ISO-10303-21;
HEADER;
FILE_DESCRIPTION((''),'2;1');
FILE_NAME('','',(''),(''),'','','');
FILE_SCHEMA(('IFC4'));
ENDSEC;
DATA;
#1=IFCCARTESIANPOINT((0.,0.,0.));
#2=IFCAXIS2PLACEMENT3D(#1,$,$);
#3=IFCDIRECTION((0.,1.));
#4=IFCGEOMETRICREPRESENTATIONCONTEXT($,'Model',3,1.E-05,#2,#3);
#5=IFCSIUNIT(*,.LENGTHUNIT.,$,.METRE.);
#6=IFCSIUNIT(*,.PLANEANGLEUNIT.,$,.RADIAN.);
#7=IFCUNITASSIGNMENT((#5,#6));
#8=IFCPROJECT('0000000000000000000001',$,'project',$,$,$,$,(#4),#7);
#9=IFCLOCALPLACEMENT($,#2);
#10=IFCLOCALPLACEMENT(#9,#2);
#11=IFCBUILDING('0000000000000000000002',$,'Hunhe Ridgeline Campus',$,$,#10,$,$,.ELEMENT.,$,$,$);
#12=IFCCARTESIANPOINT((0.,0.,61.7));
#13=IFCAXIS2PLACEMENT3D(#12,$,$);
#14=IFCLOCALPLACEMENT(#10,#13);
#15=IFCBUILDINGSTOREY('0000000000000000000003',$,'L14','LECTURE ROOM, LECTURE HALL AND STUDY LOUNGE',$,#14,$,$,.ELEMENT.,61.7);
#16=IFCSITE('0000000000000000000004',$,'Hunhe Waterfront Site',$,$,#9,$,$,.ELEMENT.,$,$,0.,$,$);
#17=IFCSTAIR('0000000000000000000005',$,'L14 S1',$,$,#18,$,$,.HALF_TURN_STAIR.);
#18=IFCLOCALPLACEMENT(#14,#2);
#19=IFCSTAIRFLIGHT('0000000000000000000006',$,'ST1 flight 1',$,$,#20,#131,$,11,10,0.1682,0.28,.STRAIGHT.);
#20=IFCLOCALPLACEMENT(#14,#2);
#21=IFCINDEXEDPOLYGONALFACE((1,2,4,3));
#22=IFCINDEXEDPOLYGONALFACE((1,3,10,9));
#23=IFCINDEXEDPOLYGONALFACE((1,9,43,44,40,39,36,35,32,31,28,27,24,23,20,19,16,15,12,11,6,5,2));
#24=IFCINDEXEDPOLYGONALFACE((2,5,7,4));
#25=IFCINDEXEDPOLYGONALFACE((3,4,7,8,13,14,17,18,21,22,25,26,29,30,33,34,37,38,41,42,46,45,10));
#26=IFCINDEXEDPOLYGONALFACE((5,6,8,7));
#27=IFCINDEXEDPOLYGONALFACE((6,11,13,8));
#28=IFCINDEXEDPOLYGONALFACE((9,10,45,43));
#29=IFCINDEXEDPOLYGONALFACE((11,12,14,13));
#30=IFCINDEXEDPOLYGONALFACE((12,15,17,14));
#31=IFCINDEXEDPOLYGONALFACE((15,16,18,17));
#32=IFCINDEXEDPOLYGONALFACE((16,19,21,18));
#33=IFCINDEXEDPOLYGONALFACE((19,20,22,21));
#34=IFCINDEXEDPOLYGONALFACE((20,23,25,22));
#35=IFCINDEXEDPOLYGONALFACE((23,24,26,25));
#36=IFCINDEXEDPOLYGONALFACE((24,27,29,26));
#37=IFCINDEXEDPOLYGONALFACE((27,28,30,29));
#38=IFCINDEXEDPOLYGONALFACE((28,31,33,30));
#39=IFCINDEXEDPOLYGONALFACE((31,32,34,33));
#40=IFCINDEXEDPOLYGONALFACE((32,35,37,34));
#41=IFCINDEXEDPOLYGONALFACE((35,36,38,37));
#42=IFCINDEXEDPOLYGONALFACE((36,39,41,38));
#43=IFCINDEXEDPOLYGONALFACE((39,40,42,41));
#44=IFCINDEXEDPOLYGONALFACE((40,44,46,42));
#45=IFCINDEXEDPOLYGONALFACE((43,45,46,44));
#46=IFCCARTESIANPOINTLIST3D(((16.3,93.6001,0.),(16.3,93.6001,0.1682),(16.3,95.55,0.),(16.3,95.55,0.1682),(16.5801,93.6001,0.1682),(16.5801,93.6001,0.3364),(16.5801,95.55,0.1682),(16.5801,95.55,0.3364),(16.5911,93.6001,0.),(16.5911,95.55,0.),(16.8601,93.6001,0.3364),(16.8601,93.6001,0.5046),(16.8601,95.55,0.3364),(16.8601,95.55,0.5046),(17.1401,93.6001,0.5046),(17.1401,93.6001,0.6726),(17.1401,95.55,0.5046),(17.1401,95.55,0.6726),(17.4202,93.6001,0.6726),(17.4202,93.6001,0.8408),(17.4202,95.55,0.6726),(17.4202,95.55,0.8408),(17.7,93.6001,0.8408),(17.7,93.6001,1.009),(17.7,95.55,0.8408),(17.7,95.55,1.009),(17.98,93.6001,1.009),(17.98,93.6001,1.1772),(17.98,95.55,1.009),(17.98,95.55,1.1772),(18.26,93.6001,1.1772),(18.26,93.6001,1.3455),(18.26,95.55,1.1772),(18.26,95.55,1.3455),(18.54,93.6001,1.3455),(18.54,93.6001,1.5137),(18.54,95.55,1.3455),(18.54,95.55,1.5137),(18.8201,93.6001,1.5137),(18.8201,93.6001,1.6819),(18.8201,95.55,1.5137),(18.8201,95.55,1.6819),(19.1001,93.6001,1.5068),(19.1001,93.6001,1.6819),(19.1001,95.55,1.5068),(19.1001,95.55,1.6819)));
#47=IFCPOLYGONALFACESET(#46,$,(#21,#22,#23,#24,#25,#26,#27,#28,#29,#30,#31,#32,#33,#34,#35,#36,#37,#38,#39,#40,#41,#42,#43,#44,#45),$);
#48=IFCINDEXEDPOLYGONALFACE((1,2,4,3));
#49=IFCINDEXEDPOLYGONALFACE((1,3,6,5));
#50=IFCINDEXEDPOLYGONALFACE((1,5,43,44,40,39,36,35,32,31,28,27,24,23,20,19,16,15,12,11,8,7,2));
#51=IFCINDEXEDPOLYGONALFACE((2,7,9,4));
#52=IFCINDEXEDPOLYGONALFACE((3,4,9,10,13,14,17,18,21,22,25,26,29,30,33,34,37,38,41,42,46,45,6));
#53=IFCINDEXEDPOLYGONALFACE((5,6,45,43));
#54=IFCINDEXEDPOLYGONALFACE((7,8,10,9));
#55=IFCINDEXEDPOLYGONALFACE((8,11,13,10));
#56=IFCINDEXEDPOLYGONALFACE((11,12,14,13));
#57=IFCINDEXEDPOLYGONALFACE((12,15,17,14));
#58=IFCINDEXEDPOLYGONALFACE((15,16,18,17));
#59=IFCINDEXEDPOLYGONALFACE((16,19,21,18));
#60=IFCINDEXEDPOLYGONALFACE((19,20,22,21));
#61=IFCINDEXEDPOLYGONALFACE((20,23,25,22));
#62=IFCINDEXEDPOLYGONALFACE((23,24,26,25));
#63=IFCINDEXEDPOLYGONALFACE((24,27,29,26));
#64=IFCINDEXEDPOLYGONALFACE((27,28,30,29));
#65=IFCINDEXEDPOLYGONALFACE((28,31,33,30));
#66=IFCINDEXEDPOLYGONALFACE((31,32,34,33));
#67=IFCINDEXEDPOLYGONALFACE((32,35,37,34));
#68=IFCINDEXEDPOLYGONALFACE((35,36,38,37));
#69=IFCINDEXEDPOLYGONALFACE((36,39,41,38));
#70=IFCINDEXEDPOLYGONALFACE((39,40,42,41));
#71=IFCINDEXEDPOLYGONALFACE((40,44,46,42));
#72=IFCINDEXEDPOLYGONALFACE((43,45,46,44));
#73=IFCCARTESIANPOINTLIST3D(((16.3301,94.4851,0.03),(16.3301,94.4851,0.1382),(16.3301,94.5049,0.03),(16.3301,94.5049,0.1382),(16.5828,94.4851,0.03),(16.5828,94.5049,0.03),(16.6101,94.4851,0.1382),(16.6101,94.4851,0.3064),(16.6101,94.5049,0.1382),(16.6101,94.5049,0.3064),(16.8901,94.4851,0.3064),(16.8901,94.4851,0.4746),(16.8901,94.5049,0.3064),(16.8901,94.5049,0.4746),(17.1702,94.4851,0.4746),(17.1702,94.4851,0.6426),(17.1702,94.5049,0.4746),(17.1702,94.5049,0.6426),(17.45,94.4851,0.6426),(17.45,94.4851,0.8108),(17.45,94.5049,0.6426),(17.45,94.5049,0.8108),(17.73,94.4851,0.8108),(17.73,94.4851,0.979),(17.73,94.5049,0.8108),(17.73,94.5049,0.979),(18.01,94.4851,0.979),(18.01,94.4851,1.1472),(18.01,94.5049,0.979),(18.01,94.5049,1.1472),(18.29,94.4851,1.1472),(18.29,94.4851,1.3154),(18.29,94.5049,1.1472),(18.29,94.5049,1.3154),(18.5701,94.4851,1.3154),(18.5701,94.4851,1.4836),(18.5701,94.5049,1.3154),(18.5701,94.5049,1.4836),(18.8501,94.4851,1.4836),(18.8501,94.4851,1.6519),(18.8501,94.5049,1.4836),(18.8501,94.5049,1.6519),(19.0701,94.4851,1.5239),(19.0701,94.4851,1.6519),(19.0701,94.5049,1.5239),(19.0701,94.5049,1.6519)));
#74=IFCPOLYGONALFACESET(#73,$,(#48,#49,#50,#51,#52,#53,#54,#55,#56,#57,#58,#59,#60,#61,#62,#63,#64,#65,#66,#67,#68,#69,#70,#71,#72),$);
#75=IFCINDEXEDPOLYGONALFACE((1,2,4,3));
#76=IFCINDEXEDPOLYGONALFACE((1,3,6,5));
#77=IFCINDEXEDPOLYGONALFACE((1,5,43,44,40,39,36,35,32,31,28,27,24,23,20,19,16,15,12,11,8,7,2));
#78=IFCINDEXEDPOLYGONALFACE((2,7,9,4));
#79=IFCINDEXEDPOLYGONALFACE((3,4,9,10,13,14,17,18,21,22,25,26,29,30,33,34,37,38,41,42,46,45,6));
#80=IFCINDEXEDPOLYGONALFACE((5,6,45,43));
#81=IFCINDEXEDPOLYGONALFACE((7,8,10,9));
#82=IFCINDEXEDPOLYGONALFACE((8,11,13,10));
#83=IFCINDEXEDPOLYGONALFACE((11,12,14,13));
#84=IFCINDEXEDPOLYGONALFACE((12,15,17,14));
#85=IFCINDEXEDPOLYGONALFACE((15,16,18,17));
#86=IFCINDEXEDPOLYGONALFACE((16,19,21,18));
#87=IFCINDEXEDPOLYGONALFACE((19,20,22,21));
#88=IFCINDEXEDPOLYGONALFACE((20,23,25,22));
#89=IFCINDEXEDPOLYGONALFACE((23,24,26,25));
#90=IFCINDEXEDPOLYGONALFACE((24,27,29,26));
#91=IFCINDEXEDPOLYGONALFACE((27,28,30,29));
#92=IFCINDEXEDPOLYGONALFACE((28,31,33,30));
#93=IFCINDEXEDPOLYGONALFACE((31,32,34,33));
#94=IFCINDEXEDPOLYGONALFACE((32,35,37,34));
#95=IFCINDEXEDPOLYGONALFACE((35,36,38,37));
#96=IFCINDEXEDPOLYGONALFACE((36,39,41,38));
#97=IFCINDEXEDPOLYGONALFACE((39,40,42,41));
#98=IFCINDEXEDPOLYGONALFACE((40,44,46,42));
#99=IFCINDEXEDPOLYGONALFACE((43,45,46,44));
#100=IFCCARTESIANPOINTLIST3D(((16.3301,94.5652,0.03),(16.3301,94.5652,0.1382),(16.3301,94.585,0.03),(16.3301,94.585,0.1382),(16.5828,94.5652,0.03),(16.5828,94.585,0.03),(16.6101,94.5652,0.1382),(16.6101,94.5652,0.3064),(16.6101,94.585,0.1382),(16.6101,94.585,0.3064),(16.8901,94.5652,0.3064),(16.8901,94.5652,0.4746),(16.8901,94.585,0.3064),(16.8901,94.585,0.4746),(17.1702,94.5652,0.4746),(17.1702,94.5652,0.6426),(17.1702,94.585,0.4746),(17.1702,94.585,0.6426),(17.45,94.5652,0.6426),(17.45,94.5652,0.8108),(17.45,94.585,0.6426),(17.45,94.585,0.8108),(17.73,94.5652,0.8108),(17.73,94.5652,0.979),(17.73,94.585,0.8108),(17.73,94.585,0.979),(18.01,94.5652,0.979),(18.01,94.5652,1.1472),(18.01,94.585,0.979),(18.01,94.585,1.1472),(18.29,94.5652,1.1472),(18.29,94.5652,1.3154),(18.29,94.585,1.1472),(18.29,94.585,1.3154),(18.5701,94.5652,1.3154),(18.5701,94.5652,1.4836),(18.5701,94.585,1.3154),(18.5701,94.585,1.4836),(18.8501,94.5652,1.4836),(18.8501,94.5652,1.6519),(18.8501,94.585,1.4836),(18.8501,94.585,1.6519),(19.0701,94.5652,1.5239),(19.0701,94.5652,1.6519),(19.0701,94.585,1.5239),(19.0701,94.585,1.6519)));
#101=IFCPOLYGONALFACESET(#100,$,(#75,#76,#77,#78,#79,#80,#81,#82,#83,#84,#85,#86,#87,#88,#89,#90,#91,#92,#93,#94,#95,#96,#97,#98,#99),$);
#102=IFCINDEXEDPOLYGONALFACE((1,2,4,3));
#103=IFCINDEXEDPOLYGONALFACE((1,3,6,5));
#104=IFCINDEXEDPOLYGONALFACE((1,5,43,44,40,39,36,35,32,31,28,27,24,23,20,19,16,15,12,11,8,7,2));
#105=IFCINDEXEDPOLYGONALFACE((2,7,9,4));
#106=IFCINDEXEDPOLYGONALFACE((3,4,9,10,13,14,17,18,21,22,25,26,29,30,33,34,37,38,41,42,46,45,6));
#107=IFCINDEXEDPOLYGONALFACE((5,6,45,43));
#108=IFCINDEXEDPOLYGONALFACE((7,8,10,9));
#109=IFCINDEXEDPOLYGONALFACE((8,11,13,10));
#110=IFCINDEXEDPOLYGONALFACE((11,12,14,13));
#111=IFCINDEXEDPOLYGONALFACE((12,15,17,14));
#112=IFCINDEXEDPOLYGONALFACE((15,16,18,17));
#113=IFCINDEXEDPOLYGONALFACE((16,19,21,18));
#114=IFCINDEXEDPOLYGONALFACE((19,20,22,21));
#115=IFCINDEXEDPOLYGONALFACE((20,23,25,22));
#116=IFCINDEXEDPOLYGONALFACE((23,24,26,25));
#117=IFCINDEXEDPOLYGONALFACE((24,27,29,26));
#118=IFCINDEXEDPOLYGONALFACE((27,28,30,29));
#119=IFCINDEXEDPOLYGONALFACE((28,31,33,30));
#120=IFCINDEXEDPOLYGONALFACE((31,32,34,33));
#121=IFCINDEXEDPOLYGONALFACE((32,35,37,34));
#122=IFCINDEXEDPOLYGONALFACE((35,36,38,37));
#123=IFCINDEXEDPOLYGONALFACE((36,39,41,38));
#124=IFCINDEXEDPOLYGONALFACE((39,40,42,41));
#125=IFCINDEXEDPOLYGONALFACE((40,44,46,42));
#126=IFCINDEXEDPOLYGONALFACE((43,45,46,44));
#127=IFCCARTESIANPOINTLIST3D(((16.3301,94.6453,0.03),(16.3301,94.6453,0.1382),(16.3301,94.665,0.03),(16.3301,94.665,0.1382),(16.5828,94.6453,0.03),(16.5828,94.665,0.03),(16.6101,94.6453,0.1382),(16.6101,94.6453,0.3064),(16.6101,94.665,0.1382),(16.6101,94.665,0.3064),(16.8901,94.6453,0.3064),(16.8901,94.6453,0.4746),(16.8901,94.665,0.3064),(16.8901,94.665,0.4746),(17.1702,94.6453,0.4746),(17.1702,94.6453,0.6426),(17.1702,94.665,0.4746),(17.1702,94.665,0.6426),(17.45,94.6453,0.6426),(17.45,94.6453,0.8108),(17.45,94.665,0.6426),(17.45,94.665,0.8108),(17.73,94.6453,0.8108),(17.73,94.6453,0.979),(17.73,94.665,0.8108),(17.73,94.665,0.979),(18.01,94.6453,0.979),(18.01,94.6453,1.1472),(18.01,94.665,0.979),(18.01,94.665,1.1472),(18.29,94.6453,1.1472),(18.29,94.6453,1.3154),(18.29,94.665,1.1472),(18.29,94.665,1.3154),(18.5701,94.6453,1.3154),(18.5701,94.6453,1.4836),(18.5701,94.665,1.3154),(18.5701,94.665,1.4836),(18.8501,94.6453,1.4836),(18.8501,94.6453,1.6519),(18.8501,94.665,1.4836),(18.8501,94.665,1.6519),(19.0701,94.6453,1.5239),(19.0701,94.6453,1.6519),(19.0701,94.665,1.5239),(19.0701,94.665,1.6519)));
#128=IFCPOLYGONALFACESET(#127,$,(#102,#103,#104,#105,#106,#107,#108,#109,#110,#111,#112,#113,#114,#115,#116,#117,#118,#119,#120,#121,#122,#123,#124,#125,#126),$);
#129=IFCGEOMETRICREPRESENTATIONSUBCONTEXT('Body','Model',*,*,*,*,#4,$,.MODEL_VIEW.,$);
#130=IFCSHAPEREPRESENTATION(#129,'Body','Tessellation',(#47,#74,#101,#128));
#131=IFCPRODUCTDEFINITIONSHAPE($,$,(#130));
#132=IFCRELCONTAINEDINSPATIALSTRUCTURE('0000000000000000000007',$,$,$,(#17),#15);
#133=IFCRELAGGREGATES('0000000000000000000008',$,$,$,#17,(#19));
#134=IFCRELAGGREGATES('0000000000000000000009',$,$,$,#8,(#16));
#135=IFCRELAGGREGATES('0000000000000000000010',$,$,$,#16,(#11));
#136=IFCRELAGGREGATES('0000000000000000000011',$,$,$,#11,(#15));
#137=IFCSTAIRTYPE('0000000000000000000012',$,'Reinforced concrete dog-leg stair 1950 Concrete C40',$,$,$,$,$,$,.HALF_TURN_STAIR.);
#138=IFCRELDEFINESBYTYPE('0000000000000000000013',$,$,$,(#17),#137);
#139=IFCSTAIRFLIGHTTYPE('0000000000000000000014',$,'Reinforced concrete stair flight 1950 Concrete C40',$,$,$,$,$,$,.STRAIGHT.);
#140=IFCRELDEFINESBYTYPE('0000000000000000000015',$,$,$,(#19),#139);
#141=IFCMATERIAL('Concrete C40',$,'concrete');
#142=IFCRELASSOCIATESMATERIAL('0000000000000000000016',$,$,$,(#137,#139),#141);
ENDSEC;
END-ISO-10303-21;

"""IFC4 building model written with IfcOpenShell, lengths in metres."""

from ifc_helpers import new_model, si_unit, direction, frame, origin, place, context, subcontext, project, spatial, polyline, outline, extrude, material, type_object, element, aggregate, save


model = new_model("IFC4")

# Units and contexts
model_context = context("Model", 3, precision=1e-05, world=origin(), true_north=direction((0.0, 1.0)))
body_context = subcontext(model_context, "Body", "Model", "MODEL_VIEW")
ifc_project = project(units=[si_unit("LENGTHUNIT", "METRE"), si_unit("PLANEANGLEUNIT", "RADIAN")], contexts=[model_context])

# Site, building, storey
site_placement = place(None, origin())
site = spatial("IfcSite", under=ifc_project, at=site_placement, Name="Hunhe Waterfront Site", CompositionType="ELEMENT", RefElevation=0.0)
building_placement = place(site_placement, origin())
building = spatial("IfcBuilding", under=site, at=building_placement, Name="Hunhe Ridgeline Campus", CompositionType="ELEMENT")
storey_placement = place(building_placement, frame((0.0, 0.0, 61.7)))
storey = spatial("IfcBuildingStorey", under=building, at=storey_placement, Name="L14", Description="LECTURE ROOM, LECTURE HALL AND STUDY LOUNGE", CompositionType="ELEMENT", Elevation=61.7)

# Stair, stair flight
ifc_material_1 = material(Name="Concrete C40", Category="concrete")
stair_type = type_object("IfcStairType", Name="Reinforced concrete dog-leg stair 1950 Concrete C40", PredefinedType="HALF_TURN_STAIR", material=ifc_material_1)
stair_placement = place(storey_placement, origin())
stair = element("IfcStair", 1, at=stair_placement, inside=storey, type_object=stair_type, Name="L14 S1", PredefinedType="HALF_TURN_STAIR")
stair_flight_type = type_object("IfcStairFlightType", Name="Reinforced concrete stair flight 1950 Concrete C40", PredefinedType="STRAIGHT", material=ifc_material_1)
stair_flight_1_placement = place(storey_placement, frame((16.3, 94.575, 0.0), z_axis=(0.0, 0.0, 1.0), x_axis=(1.0, 0.0, 0.0)))
stair_flight_1 = element("IfcStairFlight", 2, at=stair_flight_1_placement, type_object=stair_flight_type, Name="ST1 flight 1", NumberOfRisers=11, NumberOfTreads=10, PredefinedType="STRAIGHT", RiserHeight=0.1682, TreadLength=0.28, context=body_context, shape_type="SweptSolid", body=[
    extrude(outline(polyline([(0.0, 0.0), (0.0, 0.1682), (0.28, 0.1682), (0.28, 0.3364), (0.5601, 0.3364), (0.5601, 0.5046), (0.8401, 0.5046), (0.8401, 0.6726), (1.1201, 0.6726), (1.1201, 0.8408), (1.3999, 0.8408), (1.3999, 1.009), (1.6799, 1.009), (1.6799, 1.1772), (1.96, 1.1772), (1.96, 1.3455), (2.24, 1.3455), (2.24, 1.5137), (2.52, 1.5137), (2.52, 1.6819), (2.8, 1.6819), (2.8, 1.8501), (2.8, 1.5068), (0.291, 0.0), (0.0, 0.0)])), frame((0.0, 0.9751, 0.0), z_axis=(0.0, -1.0, 0.0), x_axis=(1.0, 0.0, 0.0)), (0.0, 0.0, 1.0), 1.95),
    extrude(outline(polyline([(0.03, 0.03), (0.03, 0.1382), (0.3101, 0.1382), (0.3101, 0.3064), (0.5901, 0.3064), (0.5901, 0.4746), (0.8701, 0.4746), (0.8701, 0.6426), (1.1499, 0.6426), (1.1499, 0.8108), (1.4299, 0.8108), (1.4299, 0.979), (1.71, 0.979), (1.71, 1.1472), (1.99, 1.1472), (1.99, 1.3154), (2.27, 1.3154), (2.27, 1.4836), (2.55, 1.4836), (2.55, 1.6519), (2.77, 1.6519), (2.77, 1.5239), (0.2827, 0.03), (0.03, 0.03)])), frame((0.0, -0.0701, 0.0), z_axis=(0.0, -1.0, 0.0), x_axis=(1.0, 0.0, 0.0)), (0.0, 0.0, 1.0), 0.0198),
    extrude(outline(polyline([(0.03, 0.03), (0.03, 0.1382), (0.3101, 0.1382), (0.3101, 0.3064), (0.5901, 0.3064), (0.5901, 0.4746), (0.8701, 0.4746), (0.8701, 0.6426), (1.1499, 0.6426), (1.1499, 0.8108), (1.4299, 0.8108), (1.4299, 0.979), (1.71, 0.979), (1.71, 1.1472), (1.99, 1.1472), (1.99, 1.3154), (2.27, 1.3154), (2.27, 1.4836), (2.55, 1.4836), (2.55, 1.6519), (2.77, 1.6519), (2.77, 1.5239), (0.2827, 0.03), (0.03, 0.03)])), frame((0.0, 0.01, 0.0), z_axis=(0.0, -1.0, 0.0), x_axis=(1.0, 0.0, 0.0)), (0.0, 0.0, 1.0), 0.0198),
    extrude(outline(polyline([(0.03, 0.03), (0.03, 0.1382), (0.3101, 0.1382), (0.3101, 0.3064), (0.5901, 0.3064), (0.5901, 0.4746), (0.8701, 0.4746), (0.8701, 0.6426), (1.1499, 0.6426), (1.1499, 0.8108), (1.4299, 0.8108), (1.4299, 0.979), (1.71, 0.979), (1.71, 1.1472), (1.99, 1.1472), (1.99, 1.3154), (2.27, 1.3154), (2.27, 1.4836), (2.55, 1.4836), (2.55, 1.6519), (2.77, 1.6519), (2.77, 1.5239), (0.2827, 0.03), (0.03, 0.03)])), frame((0.0, 0.0901, 0.0), z_axis=(0.0, -1.0, 0.0), x_axis=(1.0, 0.0, 0.0)), (0.0, 0.0, 1.0), 0.0198),
])
aggregate(stair, [stair_flight_1])

save(model, "model.ifc")
